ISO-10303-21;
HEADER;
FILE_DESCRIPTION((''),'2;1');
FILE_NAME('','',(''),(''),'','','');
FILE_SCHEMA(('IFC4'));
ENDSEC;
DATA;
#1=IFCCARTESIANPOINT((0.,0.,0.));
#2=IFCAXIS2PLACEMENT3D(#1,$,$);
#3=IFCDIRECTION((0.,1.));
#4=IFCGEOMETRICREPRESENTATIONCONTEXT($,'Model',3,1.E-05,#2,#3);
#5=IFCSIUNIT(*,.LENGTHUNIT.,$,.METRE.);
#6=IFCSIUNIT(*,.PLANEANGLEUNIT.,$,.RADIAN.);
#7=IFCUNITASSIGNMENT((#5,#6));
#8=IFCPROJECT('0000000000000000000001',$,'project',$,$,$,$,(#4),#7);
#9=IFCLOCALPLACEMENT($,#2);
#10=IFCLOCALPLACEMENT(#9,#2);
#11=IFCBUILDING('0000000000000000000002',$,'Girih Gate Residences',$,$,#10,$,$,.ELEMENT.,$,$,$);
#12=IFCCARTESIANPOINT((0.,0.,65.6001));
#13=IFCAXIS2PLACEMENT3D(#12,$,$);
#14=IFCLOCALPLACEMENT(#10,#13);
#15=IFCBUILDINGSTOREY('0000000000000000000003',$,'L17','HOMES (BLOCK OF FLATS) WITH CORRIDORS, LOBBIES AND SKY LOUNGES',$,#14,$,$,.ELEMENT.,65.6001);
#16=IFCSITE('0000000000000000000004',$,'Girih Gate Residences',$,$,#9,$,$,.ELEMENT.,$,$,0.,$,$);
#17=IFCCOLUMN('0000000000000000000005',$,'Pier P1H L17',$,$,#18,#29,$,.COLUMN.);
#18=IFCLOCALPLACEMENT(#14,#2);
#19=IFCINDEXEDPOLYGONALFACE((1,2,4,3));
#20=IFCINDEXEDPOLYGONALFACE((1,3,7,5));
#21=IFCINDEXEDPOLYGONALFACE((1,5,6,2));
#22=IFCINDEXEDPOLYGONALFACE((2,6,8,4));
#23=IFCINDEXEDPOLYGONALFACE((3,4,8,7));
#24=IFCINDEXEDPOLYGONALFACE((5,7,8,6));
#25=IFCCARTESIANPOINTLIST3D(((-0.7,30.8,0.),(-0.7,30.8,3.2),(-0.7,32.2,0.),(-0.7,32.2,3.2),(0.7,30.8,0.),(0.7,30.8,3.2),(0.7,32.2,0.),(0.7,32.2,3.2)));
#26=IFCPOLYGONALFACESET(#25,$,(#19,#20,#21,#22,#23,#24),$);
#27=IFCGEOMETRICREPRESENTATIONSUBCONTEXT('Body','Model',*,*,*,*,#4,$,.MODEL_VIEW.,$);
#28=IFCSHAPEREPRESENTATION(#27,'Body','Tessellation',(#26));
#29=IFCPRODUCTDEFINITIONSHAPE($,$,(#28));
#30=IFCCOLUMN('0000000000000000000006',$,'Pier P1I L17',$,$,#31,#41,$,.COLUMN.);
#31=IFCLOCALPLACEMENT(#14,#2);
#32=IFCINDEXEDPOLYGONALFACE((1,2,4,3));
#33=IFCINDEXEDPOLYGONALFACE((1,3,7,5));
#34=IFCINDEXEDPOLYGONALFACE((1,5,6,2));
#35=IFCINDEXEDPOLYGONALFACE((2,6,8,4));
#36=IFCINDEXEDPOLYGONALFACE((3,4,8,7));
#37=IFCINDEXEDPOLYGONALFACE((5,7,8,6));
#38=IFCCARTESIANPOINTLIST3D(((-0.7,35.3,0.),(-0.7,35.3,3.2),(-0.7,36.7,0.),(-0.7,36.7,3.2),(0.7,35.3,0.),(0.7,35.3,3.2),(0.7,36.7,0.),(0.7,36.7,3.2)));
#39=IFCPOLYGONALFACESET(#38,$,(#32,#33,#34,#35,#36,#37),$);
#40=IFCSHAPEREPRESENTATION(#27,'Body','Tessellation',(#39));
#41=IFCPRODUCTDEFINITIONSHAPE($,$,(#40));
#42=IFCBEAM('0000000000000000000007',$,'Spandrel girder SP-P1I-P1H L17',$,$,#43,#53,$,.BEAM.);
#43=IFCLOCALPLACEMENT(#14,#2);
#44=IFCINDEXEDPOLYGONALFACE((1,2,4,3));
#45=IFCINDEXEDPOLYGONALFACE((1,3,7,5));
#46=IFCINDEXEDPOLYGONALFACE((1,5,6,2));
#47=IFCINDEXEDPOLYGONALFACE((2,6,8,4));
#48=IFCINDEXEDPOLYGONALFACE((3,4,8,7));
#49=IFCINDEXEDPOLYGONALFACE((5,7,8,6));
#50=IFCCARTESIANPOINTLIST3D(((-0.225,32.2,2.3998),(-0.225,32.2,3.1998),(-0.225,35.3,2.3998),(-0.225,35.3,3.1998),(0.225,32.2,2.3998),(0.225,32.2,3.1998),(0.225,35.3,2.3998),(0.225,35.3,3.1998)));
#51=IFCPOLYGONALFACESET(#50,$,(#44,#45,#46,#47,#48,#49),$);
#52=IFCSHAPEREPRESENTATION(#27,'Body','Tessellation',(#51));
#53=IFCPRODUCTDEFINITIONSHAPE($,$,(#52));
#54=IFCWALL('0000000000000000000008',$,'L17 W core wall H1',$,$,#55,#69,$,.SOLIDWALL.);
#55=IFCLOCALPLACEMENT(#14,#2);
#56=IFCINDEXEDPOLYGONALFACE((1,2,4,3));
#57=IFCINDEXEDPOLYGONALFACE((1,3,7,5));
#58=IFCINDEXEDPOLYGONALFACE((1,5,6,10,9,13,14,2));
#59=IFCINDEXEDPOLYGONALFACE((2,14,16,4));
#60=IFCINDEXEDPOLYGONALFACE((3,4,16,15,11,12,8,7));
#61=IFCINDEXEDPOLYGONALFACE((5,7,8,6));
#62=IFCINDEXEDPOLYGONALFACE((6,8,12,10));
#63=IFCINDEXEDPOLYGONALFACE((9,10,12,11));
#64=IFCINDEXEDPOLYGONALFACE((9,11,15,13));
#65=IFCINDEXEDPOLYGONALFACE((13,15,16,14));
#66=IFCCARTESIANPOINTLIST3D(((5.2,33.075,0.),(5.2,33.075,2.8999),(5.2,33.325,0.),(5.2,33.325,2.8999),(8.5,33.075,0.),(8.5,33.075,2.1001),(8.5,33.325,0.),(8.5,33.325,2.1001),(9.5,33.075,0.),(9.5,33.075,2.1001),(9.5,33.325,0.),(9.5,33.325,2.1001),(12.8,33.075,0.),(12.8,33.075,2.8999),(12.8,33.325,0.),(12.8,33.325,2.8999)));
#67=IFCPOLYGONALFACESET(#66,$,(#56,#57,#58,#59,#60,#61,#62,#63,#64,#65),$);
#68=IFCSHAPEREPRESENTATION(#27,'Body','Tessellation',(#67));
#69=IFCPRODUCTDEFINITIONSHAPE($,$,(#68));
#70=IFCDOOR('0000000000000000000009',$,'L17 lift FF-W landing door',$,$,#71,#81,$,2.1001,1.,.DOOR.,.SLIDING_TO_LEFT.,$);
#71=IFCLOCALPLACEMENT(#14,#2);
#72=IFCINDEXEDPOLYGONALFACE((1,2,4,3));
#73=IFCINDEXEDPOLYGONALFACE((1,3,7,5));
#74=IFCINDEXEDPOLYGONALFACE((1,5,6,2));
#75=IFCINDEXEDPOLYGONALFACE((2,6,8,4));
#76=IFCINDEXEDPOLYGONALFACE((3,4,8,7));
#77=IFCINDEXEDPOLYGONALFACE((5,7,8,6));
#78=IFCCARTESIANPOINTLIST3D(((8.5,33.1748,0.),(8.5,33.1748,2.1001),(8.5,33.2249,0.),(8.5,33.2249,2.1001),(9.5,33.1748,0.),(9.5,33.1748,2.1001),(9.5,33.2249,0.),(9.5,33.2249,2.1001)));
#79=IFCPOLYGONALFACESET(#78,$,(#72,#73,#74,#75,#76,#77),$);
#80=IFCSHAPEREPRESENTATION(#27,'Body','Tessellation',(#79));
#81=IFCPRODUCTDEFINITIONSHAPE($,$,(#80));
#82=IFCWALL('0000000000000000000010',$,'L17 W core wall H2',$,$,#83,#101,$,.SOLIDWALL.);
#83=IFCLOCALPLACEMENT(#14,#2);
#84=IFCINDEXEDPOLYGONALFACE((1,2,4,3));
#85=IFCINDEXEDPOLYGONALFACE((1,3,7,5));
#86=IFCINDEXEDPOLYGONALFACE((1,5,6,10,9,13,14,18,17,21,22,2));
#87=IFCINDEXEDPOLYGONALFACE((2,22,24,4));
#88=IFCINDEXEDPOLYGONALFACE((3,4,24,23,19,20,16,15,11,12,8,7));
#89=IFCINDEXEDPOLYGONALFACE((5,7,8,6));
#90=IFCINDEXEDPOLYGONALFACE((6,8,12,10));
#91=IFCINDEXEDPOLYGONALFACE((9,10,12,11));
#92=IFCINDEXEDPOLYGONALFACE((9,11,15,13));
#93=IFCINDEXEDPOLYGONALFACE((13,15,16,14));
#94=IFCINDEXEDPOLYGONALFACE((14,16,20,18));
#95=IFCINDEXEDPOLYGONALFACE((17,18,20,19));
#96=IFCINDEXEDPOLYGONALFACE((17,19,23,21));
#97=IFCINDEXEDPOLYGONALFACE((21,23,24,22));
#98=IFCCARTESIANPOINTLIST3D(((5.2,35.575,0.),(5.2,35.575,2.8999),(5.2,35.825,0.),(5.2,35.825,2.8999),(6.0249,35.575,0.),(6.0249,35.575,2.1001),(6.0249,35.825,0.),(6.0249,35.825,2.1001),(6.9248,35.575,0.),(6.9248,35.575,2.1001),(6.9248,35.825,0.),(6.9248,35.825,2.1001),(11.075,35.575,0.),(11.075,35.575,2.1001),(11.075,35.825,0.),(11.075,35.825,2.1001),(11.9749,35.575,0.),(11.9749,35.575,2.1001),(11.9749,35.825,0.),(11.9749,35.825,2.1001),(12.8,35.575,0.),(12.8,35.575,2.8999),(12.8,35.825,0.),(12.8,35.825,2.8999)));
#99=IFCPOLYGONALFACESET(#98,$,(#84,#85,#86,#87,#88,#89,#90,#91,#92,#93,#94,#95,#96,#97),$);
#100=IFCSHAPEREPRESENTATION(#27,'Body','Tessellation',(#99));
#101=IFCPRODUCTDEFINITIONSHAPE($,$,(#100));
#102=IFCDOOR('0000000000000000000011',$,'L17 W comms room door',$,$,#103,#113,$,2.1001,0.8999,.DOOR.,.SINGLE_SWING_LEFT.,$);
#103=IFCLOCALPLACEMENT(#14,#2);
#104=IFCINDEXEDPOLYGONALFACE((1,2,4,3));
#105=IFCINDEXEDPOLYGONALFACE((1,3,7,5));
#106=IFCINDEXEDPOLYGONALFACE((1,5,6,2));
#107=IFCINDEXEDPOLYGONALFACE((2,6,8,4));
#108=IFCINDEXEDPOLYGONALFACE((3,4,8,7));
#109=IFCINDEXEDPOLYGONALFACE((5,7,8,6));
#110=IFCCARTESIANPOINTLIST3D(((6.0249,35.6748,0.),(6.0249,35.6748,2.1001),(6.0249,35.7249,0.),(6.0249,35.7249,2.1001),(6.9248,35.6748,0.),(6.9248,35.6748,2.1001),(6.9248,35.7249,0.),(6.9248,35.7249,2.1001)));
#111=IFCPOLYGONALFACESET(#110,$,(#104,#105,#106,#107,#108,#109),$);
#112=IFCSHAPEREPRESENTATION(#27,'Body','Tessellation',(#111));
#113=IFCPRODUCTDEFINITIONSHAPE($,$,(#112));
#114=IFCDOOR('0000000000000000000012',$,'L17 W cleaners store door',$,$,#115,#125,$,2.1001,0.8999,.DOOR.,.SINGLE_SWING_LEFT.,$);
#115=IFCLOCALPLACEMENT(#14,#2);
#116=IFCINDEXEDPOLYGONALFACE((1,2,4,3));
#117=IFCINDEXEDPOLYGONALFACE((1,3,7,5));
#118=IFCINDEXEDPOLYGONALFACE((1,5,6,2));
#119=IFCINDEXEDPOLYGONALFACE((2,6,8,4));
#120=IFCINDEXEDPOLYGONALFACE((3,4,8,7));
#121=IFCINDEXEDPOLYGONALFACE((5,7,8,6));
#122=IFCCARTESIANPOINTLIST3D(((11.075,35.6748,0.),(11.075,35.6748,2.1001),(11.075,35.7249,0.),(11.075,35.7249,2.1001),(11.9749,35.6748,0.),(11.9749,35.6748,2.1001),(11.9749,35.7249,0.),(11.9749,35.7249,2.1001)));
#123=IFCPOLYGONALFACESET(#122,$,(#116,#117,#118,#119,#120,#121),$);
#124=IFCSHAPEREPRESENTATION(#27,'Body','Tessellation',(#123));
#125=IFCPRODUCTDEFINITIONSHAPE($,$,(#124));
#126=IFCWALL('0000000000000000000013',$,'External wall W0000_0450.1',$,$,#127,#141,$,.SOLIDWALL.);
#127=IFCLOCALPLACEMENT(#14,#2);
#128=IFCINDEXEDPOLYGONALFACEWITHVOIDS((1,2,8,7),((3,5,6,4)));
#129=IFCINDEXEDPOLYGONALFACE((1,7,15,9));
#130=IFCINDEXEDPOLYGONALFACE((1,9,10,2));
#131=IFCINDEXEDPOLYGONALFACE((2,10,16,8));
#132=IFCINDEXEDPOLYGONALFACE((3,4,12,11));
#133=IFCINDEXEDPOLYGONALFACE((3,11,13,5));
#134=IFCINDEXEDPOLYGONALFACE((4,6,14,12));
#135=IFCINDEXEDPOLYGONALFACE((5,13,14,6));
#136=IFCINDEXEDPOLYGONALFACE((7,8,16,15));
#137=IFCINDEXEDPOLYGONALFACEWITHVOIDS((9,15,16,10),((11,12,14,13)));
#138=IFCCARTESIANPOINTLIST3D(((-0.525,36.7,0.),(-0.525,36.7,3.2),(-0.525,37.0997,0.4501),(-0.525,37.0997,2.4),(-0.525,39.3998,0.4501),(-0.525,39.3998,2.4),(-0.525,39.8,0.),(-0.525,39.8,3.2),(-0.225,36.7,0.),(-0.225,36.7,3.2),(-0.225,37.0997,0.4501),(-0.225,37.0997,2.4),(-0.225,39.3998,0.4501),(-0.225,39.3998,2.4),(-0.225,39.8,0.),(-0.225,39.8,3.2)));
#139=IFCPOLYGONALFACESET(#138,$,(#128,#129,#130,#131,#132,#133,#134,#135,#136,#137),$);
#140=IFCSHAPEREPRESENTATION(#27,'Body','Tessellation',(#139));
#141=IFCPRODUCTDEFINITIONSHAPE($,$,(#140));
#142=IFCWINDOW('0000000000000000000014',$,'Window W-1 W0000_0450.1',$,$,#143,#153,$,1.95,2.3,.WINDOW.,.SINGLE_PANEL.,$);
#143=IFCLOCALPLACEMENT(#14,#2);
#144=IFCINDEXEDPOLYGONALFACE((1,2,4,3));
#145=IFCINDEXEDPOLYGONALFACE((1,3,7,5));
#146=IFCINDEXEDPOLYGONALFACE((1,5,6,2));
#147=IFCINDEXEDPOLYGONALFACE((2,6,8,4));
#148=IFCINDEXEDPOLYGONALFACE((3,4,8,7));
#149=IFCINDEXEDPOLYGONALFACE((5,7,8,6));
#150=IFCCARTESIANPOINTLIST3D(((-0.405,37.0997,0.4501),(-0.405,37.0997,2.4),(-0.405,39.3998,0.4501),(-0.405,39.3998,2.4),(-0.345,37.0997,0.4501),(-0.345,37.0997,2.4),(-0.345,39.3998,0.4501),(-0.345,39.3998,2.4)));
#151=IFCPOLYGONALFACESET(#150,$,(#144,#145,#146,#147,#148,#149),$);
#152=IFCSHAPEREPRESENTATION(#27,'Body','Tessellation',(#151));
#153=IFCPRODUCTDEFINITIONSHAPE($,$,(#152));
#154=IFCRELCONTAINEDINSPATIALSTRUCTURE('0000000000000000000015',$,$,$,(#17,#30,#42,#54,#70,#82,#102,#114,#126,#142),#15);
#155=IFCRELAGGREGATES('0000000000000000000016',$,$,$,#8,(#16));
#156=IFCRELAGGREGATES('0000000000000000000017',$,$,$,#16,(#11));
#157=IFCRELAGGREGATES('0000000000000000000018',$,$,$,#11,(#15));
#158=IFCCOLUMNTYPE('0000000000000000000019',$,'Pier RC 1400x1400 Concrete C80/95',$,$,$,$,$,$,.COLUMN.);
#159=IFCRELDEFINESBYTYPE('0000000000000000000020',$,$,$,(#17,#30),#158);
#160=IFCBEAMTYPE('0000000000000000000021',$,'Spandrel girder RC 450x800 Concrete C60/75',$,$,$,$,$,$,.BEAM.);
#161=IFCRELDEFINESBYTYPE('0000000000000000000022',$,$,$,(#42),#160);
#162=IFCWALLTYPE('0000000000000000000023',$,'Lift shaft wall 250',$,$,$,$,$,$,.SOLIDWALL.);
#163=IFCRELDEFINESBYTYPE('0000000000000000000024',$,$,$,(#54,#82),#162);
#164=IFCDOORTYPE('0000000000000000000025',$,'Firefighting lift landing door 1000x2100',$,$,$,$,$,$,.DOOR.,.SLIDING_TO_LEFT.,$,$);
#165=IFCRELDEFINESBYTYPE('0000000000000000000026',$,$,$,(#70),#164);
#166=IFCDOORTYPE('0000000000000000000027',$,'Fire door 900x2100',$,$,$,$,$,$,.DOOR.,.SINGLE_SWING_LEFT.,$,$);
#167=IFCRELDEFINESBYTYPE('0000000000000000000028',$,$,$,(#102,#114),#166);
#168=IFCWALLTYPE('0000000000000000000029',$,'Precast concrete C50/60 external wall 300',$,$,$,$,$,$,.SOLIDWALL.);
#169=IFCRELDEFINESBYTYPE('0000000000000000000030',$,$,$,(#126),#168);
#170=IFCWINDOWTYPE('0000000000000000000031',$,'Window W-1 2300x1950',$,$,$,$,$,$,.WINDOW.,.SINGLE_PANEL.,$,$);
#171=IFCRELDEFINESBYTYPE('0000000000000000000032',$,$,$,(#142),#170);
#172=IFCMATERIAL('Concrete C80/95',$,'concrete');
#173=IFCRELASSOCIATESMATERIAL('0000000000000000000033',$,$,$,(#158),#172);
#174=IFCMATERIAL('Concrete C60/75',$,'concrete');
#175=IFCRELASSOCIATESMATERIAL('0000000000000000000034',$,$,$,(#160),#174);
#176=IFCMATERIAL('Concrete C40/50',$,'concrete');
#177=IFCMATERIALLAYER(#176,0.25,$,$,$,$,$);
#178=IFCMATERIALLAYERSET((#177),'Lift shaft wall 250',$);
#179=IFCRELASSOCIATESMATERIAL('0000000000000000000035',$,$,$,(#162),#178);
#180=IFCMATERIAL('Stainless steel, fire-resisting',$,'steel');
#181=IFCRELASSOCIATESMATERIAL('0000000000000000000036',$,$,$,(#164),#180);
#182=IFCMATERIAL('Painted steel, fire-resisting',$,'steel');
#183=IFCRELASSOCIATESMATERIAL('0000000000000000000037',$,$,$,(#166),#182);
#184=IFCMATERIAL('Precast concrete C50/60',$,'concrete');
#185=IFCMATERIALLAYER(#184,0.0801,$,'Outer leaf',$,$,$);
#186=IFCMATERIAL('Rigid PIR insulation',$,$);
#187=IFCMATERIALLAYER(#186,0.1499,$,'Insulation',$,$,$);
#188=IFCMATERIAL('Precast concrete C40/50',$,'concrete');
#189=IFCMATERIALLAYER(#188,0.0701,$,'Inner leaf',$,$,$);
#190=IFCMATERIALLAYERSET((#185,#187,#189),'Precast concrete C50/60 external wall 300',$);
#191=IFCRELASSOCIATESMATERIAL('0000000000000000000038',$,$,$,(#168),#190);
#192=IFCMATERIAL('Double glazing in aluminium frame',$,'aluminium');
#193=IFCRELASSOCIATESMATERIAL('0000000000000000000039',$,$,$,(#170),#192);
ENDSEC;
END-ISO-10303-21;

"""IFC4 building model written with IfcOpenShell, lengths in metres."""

from ifc_helpers import new_model, si_unit, direction, frame, frame_2d, origin, origin_2d, place, context, subcontext, project, spatial, rectangle, extrude, material, layer, layer_set, material_profile, profile_set, type_object, element, fill, save


model = new_model("IFC4")

# Units and contexts
model_context = context("Model", 3, precision=1e-05, world=origin(), true_north=direction((0.0, 1.0)))
body_context = subcontext(model_context, "Body", "Model", "MODEL_VIEW")
ifc_project = project(units=[si_unit("LENGTHUNIT", "METRE"), si_unit("PLANEANGLEUNIT", "RADIAN")], contexts=[model_context])

# Site, building, storey
site_placement = place(None, origin())
site = spatial("IfcSite", under=ifc_project, at=site_placement, Name="Girih Gate Residences", CompositionType="ELEMENT", RefElevation=0.0)
building_placement = place(site_placement, origin())
building = spatial("IfcBuilding", under=site, at=building_placement, Name="Girih Gate Residences", CompositionType="ELEMENT")
storey_placement = place(building_placement, frame((0.0, 0.0, 65.6001)))
storey = spatial("IfcBuildingStorey", under=building, at=storey_placement, Name="L17", Description="HOMES (BLOCK OF FLATS) WITH CORRIDORS, LOBBIES AND SKY LOUNGES", CompositionType="ELEMENT", Elevation=65.6001)

# Columns
ifc_material_1 = material(Name="Concrete C80/95", Category="concrete")
ifc_material_profile_1 = material_profile(ifc_material_1, rectangle(XDim=1.3999, YDim=1.3999, at=origin_2d()))
ifc_profile_set_1 = profile_set([ifc_material_profile_1], Name="Concrete C80/95")
column_type = type_object("IfcColumnType", Name="Pier RC 1400x1400 Concrete C80/95", PredefinedType="COLUMN", material=ifc_profile_set_1)
for number, where, z_axis, x_axis, name in (
    (1, (0.0, 31.5, 0.0), (0.0, 0.0, 1.0), (1.0, 0.0, 0.0), "Pier P1H L17"),
    (2, (0.0, 36.0, 0.0), (0.0, 0.0, 1.0), (1.0, 0.0, 0.0), "Pier P1I L17"),
):
    element("IfcColumn", number, at=place(storey_placement, frame(where, z_axis=z_axis, x_axis=x_axis)), inside=storey, type_object=column_type, Name=name, PredefinedType="COLUMN", context=body_context, shape_type="SweptSolid", body=[
        extrude(rectangle(XDim=1.3999, YDim=1.3999, at=origin_2d()), origin(), (0.0, 0.0, 1.0), 3.2),
    ])

# Beam
ifc_material_2 = material(Name="Concrete C60/75", Category="concrete")
ifc_material_profile_2 = material_profile(ifc_material_2, rectangle(XDim=0.45, YDim=0.8, at=origin_2d()))
ifc_profile_set_2 = profile_set([ifc_material_profile_2], Name="Concrete C60/75")
beam_type = type_object("IfcBeamType", Name="Spandrel girder RC 450x800 Concrete C60/75", PredefinedType="BEAM", material=ifc_profile_set_2)
beam_placement = place(storey_placement, frame((0.0, 35.3, 2.7998), z_axis=(0.0, -1.0, 0.0), x_axis=(1.0, 0.0, 0.0)))
element("IfcBeam", 3, at=beam_placement, inside=storey, type_object=beam_type, Name="Spandrel girder SP-P1I-P1H L17", PredefinedType="BEAM", context=body_context, shape_type="SweptSolid", body=[
    extrude(rectangle(XDim=0.45, YDim=0.8, at=origin_2d()), origin(), (0.0, 0.0, 1.0), 3.1001),
])

# Wall, opening, door
ifc_material_3 = material(Name="Concrete C40/50", Category="concrete")
ifc_layer_1 = layer(ifc_material_3, 0.25)
ifc_layer_set_1 = layer_set([ifc_layer_1], Name="Lift shaft wall 250")
wall_type_1 = type_object("IfcWallType", Name="Lift shaft wall 250", PredefinedType="SOLIDWALL", material=ifc_layer_set_1)
wall_1_placement = place(storey_placement, frame((5.2, 33.2, 0.0), z_axis=(0.0, 0.0, 1.0), x_axis=(1.0, 0.0, 0.0)))
wall_1 = element("IfcWall", 4, at=wall_1_placement, inside=storey, type_object=wall_type_1, Name="L17 W core wall H1", PredefinedType="SOLIDWALL", context=body_context, shape_type="SweptSolid", body=[
    extrude(rectangle(XDim=7.6001, YDim=0.25, at=frame_2d((3.8, 0.0))), origin(), (0.0, 0.0, 1.0), 2.8999),
])
opening_1_placement = place(wall_1_placement, frame((3.3, 0.0, 0.0)))
opening_1 = element("IfcOpeningElement", 5, at=opening_1_placement, cuts=wall_1, PredefinedType="OPENING", context=body_context, shape_type="SweptSolid", body=[
    extrude(rectangle(XDim=1.0, YDim=2.1001, at=frame_2d((0.5, 1.05))), frame((0.0, 0.135, 0.0), z_axis=(0.0, -1.0, 0.0), x_axis=(1.0, 0.0, 0.0)), (0.0, 0.0, 1.0), 0.27),
])
ifc_material_4 = material(Name="Stainless steel, fire-resisting", Category="steel")
door_type_1 = type_object("IfcDoorType", Name="Firefighting lift landing door 1000x2100", OperationType="SLIDING_TO_LEFT", PredefinedType="DOOR", material=ifc_material_4)
door_1_placement = place(opening_1_placement, origin())
door_1 = element("IfcDoor", 6, at=door_1_placement, inside=storey, type_object=door_type_1, Name="L17 lift FF-W landing door", OperationType="SLIDING_TO_LEFT", OverallHeight=2.1001, OverallWidth=1.0, PredefinedType="DOOR", context=body_context, shape_type="SweptSolid", body=[
    extrude(rectangle(XDim=1.0, YDim=2.1001, at=frame_2d((0.5, 1.05))), frame((0.0, 0.0249, 0.0), z_axis=(0.0, -1.0, 0.0), x_axis=(1.0, 0.0, 0.0)), (0.0, 0.0, 1.0), 0.05),
])
fill(opening_1, door_1)

# Wall, openings, doors
wall_2_placement = place(storey_placement, frame((5.2, 35.7, 0.0), z_axis=(0.0, 0.0, 1.0), x_axis=(1.0, 0.0, 0.0)))
wall_2 = element("IfcWall", 7, at=wall_2_placement, inside=storey, type_object=wall_type_1, Name="L17 W core wall H2", PredefinedType="SOLIDWALL", context=body_context, shape_type="SweptSolid", body=[
    extrude(rectangle(XDim=7.6001, YDim=0.25, at=frame_2d((3.8, 0.0))), origin(), (0.0, 0.0, 1.0), 2.8999),
])
opening_2_placement = place(wall_2_placement, frame((0.825, 0.0, 0.0)))
opening_2 = element("IfcOpeningElement", 8, at=opening_2_placement, cuts=wall_2, PredefinedType="OPENING", context=body_context, shape_type="SweptSolid", body=[
    extrude(rectangle(XDim=0.8999, YDim=2.1001, at=frame_2d((0.45, 1.05))), frame((0.0, 0.135, 0.0), z_axis=(0.0, -1.0, 0.0), x_axis=(1.0, 0.0, 0.0)), (0.0, 0.0, 1.0), 0.27),
])
opening_3_placement = place(wall_2_placement, frame((5.875, 0.0, 0.0)))
opening_3 = element("IfcOpeningElement", 9, at=opening_3_placement, cuts=wall_2, PredefinedType="OPENING", context=body_context, shape_type="SweptSolid", body=[
    extrude(rectangle(XDim=0.8999, YDim=2.1001, at=frame_2d((0.45, 1.05))), frame((0.0, 0.135, 0.0), z_axis=(0.0, -1.0, 0.0), x_axis=(1.0, 0.0, 0.0)), (0.0, 0.0, 1.0), 0.27),
])
ifc_material_5 = material(Name="Painted steel, fire-resisting", Category="steel")
door_type_2 = type_object("IfcDoorType", Name="Fire door 900x2100", OperationType="SINGLE_SWING_LEFT", PredefinedType="DOOR", material=ifc_material_5)
door_2_placement = place(opening_2_placement, origin())
door_2 = element("IfcDoor", 10, at=door_2_placement, inside=storey, type_object=door_type_2, Name="L17 W comms room door", OperationType="SINGLE_SWING_LEFT", OverallHeight=2.1001, OverallWidth=0.8999, PredefinedType="DOOR", context=body_context, shape_type="SweptSolid", body=[
    extrude(rectangle(XDim=0.8999, YDim=2.1001, at=frame_2d((0.45, 1.05))), frame((0.0, 0.0249, 0.0), z_axis=(0.0, -1.0, 0.0), x_axis=(1.0, 0.0, 0.0)), (0.0, 0.0, 1.0), 0.05),
])
fill(opening_2, door_2)
door_3_placement = place(opening_3_placement, origin())
door_3 = element("IfcDoor", 11, at=door_3_placement, inside=storey, type_object=door_type_2, Name="L17 W cleaners store door", OperationType="SINGLE_SWING_LEFT", OverallHeight=2.1001, OverallWidth=0.8999, PredefinedType="DOOR", context=body_context, shape_type="SweptSolid", body=[
    extrude(rectangle(XDim=0.8999, YDim=2.1001, at=frame_2d((0.45, 1.05))), frame((0.0, 0.0249, 0.0), z_axis=(0.0, -1.0, 0.0), x_axis=(1.0, 0.0, 0.0)), (0.0, 0.0, 1.0), 0.05),
])
fill(opening_3, door_3)

# Wall, opening, window
ifc_material_6 = material(Name="Precast concrete C50/60", Category="concrete")
ifc_layer_2 = layer(ifc_material_6, 0.0801, Name="Outer leaf")
ifc_material_7 = material(Name="Rigid PIR insulation")
ifc_layer_3 = layer(ifc_material_7, 0.1499, Name="Insulation")
ifc_material_8 = material(Name="Precast concrete C40/50", Category="concrete")
ifc_layer_4 = layer(ifc_material_8, 0.0701, Name="Inner leaf")
ifc_layer_set_2 = layer_set([ifc_layer_2, ifc_layer_3, ifc_layer_4], Name="Precast concrete C50/60 external wall 300")
wall_type_2 = type_object("IfcWallType", Name="Precast concrete C50/60 external wall 300", PredefinedType="SOLIDWALL", material=ifc_layer_set_2)
wall_3_placement = place(storey_placement, frame((-0.375, 36.7, 0.0), z_axis=(0.0, 0.0, 1.0), x_axis=(0.0, 1.0, 0.0)))
wall_3 = element("IfcWall", 12, at=wall_3_placement, inside=storey, type_object=wall_type_2, Name="External wall W0000_0450.1", PredefinedType="SOLIDWALL", context=body_context, shape_type="SweptSolid", body=[
    extrude(rectangle(XDim=3.1001, YDim=0.3, at=frame_2d((1.55, 0.0))), origin(), (0.0, 0.0, 1.0), 3.2),
])
opening_4_placement = place(wall_3_placement, frame((0.3999, 0.0, 0.45)))
opening_4 = element("IfcOpeningElement", 13, at=opening_4_placement, cuts=wall_3, PredefinedType="OPENING", context=body_context, shape_type="SweptSolid", body=[
    extrude(rectangle(XDim=2.3, YDim=1.95, at=frame_2d((1.1499, 0.9751))), frame((0.0, 0.1599, 0.0), z_axis=(0.0, -1.0, 0.0), x_axis=(1.0, 0.0, 0.0)), (0.0, 0.0, 1.0), 0.3201),
])
ifc_material_9 = material(Name="Double glazing in aluminium frame", Category="aluminium")
window_type = type_object("IfcWindowType", Name="Window W-1 2300x1950", PartitioningType="SINGLE_PANEL", PredefinedType="WINDOW", material=ifc_material_9)
window_1_placement = place(opening_4_placement, origin())
window_1 = element("IfcWindow", 14, at=window_1_placement, inside=storey, type_object=window_type, Name="Window W-1 W0000_0450.1", OverallHeight=1.95, OverallWidth=2.3, PartitioningType="SINGLE_PANEL", PredefinedType="WINDOW", context=body_context, shape_type="SweptSolid", body=[
    extrude(rectangle(XDim=2.3, YDim=1.95, at=frame_2d((1.1499, 0.9751))), frame((0.0, 0.03, 0.0), z_axis=(0.0, -1.0, 0.0), x_axis=(1.0, 0.0, 0.0)), (0.0, 0.0, 1.0), 0.0601),
])
fill(opening_4, window_1)

save(model, "model.ifc")
